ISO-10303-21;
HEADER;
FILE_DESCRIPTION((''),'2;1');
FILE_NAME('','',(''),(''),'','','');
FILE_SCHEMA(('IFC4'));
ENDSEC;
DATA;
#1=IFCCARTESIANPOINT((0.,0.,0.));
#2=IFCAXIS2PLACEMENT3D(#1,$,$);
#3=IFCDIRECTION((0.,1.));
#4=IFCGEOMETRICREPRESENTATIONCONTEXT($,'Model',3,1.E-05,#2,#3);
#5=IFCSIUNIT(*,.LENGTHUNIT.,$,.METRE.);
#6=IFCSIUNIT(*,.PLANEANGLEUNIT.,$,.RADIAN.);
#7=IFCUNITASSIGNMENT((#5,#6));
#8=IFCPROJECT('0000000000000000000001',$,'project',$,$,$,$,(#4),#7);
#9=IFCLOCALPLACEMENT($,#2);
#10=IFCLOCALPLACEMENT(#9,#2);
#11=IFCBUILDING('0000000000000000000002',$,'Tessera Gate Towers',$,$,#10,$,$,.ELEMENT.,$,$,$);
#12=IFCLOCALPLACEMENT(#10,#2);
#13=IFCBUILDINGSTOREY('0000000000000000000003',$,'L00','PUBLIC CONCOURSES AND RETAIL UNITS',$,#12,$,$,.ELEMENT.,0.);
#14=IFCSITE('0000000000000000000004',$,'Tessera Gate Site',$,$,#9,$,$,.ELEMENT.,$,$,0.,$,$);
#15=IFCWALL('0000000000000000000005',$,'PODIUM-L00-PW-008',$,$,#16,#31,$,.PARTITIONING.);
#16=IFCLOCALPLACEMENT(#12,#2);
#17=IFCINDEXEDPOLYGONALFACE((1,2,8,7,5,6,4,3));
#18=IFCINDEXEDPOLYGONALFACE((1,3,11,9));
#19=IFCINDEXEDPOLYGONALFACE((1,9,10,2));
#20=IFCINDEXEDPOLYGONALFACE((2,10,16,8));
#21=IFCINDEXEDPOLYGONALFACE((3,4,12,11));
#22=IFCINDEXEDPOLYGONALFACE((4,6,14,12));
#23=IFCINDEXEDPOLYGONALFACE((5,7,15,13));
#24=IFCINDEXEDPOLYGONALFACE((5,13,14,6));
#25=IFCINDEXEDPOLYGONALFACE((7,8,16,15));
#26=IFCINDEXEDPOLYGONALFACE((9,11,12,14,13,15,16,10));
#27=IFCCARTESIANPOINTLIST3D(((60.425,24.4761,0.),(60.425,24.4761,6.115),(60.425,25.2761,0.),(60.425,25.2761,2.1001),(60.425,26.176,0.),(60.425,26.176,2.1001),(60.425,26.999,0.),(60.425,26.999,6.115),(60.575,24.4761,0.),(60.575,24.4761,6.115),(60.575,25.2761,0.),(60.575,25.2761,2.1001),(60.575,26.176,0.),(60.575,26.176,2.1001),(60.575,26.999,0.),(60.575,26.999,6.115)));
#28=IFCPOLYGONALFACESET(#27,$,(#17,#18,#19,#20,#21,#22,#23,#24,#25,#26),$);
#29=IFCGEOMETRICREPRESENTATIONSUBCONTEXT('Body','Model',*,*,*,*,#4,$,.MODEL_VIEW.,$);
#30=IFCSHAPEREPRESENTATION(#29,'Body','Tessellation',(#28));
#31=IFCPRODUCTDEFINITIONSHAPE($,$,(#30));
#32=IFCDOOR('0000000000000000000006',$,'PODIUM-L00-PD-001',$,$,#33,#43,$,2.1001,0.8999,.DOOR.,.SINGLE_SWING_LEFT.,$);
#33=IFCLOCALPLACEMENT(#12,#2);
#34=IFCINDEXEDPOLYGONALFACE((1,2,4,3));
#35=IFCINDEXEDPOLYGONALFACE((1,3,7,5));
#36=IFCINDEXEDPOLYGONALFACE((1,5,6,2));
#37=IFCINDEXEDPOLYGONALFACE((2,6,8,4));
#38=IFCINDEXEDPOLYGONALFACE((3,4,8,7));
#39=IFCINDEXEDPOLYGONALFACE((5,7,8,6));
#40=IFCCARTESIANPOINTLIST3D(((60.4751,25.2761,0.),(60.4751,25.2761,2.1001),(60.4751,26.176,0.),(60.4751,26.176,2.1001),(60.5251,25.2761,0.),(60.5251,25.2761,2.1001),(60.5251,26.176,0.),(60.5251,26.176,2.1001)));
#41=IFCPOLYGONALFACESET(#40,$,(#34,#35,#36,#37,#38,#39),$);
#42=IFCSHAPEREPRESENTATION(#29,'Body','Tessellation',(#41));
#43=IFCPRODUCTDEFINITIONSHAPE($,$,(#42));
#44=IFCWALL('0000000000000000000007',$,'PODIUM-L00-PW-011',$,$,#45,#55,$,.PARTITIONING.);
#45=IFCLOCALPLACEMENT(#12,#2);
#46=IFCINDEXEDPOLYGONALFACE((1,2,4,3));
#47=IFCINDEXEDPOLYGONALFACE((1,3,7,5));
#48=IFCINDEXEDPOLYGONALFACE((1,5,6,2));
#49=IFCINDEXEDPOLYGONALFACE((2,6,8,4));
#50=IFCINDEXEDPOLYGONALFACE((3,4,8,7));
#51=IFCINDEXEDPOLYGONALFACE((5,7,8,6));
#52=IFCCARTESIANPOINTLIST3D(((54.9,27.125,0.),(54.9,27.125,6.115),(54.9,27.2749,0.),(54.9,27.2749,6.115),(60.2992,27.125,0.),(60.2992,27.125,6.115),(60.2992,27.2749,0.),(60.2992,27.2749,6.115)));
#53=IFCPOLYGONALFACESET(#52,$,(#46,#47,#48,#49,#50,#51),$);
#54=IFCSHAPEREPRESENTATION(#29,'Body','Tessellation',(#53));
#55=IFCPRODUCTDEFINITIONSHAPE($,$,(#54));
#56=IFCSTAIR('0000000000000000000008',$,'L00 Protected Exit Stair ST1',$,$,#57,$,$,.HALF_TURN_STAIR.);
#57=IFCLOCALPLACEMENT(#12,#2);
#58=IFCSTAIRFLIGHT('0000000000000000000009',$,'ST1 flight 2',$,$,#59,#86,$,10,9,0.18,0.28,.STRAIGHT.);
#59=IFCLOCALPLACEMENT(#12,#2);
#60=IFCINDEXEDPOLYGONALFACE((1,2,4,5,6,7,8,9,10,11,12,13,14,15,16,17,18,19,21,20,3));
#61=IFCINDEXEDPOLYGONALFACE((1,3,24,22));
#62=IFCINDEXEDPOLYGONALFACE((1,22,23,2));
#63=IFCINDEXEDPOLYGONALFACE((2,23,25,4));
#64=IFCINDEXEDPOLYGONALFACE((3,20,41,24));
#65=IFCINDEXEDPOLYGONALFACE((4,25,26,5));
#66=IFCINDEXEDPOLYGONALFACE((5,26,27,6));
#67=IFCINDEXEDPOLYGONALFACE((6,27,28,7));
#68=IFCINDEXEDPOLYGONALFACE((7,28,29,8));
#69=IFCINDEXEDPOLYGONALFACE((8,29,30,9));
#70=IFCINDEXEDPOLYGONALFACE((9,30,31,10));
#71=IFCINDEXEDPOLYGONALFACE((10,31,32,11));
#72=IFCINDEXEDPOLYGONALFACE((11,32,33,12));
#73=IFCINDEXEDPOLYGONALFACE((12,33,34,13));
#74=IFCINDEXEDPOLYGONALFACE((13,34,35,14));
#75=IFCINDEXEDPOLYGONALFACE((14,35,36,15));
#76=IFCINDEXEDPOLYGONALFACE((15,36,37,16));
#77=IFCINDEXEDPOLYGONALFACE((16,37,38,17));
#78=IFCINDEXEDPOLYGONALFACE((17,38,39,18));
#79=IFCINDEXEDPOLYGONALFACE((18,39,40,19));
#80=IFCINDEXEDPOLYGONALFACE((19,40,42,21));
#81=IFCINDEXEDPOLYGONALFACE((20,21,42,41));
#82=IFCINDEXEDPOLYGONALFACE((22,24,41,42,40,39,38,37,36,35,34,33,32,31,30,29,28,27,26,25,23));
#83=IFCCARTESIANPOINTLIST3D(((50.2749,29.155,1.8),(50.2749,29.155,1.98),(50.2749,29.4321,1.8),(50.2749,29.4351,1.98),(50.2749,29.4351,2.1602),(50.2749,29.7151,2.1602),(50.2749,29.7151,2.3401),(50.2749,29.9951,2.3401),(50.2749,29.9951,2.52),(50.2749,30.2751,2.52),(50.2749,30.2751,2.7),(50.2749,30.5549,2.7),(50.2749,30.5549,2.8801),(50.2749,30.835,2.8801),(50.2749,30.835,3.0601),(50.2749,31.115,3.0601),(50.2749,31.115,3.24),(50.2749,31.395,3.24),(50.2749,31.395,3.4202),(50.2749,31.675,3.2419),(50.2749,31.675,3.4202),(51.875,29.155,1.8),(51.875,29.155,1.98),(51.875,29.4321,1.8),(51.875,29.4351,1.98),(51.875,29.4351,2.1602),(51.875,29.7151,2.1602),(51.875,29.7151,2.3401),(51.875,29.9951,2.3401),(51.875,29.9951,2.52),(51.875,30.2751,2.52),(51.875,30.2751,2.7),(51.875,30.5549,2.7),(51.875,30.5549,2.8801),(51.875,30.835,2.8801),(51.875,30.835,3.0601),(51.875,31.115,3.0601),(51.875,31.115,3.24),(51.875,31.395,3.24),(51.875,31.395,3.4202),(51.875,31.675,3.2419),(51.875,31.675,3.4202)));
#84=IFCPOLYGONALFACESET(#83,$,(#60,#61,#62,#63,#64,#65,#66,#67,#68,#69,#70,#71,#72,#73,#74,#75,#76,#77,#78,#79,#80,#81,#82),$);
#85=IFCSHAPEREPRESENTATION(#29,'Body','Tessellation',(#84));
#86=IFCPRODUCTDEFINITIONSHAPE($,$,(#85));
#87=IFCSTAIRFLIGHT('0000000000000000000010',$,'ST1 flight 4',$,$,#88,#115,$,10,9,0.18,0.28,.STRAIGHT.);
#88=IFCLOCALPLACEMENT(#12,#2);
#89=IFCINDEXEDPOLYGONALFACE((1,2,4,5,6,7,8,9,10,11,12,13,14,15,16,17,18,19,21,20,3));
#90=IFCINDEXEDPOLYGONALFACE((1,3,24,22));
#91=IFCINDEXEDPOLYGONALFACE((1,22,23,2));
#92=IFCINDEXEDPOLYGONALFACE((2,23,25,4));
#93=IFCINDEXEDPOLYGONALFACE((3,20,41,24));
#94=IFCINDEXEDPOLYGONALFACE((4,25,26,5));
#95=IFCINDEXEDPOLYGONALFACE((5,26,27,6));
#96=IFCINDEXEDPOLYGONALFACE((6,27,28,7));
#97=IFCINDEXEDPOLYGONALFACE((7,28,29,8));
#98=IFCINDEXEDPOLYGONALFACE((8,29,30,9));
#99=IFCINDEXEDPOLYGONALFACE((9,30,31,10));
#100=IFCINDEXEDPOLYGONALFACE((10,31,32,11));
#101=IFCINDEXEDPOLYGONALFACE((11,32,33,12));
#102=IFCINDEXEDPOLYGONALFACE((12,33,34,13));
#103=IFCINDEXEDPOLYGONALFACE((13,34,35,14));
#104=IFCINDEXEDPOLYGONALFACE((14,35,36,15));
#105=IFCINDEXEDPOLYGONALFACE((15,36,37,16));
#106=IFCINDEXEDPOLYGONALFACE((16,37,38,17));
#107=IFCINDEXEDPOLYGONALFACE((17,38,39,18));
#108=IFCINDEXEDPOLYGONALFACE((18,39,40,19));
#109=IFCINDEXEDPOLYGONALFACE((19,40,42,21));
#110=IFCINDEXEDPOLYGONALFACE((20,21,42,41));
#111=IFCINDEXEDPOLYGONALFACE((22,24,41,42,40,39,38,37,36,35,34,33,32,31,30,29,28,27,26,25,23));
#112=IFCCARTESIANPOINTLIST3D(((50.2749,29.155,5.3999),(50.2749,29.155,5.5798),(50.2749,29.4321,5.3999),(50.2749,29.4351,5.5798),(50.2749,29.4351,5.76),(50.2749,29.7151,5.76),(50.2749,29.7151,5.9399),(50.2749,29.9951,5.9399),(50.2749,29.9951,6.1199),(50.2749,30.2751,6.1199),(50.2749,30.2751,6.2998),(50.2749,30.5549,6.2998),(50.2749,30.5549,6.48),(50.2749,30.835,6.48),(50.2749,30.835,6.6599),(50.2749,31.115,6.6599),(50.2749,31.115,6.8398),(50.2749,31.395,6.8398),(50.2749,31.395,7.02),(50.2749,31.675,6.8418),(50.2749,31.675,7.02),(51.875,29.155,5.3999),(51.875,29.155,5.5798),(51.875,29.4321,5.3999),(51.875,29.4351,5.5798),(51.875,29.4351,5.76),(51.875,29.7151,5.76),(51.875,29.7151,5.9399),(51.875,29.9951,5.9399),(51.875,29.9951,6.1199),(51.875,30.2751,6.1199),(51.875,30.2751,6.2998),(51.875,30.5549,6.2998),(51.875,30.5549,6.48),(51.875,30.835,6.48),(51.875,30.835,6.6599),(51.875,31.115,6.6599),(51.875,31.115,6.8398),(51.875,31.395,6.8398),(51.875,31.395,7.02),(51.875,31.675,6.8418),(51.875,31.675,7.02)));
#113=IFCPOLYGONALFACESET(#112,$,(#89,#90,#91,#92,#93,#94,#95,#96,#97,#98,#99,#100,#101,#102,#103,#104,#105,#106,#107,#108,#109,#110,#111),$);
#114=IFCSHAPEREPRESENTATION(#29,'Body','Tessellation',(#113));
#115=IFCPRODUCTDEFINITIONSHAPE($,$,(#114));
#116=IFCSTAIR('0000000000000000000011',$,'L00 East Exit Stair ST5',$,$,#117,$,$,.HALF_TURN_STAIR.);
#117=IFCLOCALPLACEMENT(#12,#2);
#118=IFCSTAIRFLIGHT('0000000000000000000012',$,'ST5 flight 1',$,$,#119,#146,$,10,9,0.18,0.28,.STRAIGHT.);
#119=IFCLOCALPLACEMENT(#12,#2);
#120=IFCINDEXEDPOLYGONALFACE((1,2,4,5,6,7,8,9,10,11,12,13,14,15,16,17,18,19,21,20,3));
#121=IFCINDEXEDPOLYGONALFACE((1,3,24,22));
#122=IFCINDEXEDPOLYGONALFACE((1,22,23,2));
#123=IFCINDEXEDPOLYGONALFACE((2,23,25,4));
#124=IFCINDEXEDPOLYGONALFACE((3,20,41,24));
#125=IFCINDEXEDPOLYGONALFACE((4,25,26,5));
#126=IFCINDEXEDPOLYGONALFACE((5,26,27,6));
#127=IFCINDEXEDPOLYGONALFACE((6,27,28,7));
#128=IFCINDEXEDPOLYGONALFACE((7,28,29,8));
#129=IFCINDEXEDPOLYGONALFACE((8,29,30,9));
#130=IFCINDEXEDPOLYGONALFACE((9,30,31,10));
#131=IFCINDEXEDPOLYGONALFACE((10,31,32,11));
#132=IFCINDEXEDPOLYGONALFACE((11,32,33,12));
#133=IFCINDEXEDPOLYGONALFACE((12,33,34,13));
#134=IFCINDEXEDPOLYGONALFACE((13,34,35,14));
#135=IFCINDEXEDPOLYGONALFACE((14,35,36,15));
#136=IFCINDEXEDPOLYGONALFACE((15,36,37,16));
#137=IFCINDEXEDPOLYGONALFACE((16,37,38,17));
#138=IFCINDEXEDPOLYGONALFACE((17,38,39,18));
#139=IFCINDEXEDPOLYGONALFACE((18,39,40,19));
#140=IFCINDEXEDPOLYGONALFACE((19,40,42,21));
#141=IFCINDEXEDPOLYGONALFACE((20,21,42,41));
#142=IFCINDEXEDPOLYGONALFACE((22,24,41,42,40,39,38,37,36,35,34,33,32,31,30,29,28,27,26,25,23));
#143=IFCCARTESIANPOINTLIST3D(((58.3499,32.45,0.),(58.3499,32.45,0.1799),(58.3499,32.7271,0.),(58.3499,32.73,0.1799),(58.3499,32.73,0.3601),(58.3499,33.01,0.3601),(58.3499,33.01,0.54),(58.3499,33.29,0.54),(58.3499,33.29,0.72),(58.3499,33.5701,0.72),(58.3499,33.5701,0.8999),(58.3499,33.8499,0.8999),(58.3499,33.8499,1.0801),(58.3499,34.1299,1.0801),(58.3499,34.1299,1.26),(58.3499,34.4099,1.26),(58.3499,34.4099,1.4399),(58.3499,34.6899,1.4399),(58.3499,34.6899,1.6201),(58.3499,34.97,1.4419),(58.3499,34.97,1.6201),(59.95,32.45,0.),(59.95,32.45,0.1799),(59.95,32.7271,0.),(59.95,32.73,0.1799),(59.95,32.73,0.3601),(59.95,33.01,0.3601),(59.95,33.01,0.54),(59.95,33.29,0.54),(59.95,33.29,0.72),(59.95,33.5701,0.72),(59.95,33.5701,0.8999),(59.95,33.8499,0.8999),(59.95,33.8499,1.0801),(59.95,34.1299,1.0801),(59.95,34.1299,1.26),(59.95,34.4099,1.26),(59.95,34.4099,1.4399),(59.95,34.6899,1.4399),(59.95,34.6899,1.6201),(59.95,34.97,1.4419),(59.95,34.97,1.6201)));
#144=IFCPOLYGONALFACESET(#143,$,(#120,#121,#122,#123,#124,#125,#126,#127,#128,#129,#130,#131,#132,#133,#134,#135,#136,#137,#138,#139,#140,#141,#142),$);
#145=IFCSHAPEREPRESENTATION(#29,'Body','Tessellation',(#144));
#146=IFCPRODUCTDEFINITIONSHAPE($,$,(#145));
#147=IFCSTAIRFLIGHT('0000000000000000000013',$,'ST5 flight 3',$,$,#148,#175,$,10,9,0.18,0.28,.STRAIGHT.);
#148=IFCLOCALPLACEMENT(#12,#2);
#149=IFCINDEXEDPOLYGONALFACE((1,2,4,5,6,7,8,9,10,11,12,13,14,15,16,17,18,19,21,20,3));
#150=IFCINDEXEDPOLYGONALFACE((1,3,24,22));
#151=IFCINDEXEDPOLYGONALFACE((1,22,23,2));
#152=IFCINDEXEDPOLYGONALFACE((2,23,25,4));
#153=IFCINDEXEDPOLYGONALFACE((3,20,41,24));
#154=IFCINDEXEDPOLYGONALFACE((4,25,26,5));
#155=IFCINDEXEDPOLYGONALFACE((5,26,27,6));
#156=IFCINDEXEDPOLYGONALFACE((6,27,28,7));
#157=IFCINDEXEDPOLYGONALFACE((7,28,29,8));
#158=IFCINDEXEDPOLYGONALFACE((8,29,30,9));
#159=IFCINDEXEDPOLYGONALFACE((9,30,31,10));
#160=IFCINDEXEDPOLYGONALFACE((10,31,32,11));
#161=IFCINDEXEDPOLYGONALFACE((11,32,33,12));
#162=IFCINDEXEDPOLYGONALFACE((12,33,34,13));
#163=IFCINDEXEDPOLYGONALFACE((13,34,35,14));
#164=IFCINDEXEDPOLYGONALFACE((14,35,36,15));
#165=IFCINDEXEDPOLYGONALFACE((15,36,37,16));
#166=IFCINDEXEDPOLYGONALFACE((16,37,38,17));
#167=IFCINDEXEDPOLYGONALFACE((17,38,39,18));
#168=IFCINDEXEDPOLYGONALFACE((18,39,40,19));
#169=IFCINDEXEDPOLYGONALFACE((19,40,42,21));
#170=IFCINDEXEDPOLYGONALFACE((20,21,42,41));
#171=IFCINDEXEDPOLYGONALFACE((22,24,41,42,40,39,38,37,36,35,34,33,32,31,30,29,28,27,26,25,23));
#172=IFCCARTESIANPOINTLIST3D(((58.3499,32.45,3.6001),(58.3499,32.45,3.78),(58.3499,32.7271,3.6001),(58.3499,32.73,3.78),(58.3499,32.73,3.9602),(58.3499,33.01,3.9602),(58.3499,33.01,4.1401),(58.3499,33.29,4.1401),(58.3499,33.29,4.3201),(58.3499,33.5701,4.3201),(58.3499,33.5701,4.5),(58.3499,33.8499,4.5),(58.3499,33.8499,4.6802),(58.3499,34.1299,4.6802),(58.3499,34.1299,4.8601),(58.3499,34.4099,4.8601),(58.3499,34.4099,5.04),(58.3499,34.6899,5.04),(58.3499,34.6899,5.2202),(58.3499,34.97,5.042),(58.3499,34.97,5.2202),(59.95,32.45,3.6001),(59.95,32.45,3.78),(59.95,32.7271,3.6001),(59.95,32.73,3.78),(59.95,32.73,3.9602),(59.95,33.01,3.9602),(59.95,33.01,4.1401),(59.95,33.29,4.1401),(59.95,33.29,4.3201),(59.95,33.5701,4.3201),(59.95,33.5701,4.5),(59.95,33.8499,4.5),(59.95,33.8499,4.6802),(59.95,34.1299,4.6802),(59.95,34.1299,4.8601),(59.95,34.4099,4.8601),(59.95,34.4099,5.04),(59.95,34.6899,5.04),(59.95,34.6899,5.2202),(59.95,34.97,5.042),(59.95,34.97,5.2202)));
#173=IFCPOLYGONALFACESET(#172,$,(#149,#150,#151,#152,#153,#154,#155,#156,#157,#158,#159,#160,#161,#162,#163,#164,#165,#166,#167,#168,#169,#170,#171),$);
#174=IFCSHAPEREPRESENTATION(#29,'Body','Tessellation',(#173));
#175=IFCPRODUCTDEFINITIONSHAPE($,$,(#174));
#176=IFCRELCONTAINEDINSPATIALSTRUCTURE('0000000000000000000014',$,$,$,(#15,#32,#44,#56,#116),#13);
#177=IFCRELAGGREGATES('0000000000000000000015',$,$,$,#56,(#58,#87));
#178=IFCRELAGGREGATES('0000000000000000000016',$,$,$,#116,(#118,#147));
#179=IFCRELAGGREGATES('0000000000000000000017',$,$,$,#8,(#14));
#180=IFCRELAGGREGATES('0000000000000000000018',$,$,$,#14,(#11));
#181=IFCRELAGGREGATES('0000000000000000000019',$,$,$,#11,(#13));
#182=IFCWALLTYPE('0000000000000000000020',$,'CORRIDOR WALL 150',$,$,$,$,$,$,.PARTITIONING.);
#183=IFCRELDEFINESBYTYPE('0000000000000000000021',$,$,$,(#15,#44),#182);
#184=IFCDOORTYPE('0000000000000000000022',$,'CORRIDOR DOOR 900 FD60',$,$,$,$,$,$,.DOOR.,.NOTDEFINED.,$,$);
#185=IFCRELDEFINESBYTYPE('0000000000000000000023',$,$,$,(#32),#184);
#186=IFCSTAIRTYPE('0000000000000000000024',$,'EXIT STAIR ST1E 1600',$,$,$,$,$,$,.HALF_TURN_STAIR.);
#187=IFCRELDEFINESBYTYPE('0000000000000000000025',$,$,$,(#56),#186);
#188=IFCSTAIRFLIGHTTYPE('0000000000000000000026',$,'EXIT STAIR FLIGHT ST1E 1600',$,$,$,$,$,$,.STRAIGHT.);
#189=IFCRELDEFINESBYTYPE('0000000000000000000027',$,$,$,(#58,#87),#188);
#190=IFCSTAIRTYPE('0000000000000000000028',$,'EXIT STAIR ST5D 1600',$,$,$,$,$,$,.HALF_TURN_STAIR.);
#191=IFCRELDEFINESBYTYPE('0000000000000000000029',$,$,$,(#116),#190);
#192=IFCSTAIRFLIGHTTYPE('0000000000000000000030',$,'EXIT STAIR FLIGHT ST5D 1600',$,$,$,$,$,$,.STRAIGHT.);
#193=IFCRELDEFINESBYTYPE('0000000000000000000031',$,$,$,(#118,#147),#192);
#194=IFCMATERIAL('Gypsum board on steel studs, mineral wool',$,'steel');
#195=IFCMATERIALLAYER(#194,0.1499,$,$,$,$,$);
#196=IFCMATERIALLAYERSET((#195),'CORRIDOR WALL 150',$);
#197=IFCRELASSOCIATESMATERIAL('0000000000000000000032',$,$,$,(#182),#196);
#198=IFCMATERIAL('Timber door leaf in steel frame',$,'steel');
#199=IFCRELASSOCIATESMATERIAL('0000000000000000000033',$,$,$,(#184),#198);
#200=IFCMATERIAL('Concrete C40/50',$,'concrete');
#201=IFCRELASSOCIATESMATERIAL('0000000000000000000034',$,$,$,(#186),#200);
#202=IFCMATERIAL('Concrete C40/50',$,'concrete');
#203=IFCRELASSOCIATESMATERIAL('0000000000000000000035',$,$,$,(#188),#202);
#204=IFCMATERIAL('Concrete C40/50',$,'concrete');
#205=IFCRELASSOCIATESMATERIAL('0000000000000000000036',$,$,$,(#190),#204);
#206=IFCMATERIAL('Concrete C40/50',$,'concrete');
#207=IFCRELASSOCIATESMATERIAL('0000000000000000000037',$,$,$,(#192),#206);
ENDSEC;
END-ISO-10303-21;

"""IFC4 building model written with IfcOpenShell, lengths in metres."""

from ifc_helpers import new_model, si_unit, direction, frame, frame_2d, origin, place, context, subcontext, project, spatial, polyline, rectangle, outline, extrude, source, transform, mapped, material, layer, layer_set, type_object, element, fill, aggregate, save


model = new_model("IFC4")

# Units and contexts
model_context = context("Model", 3, precision=1e-05, world=origin(), true_north=direction((0.0, 1.0)))
body_context = subcontext(model_context, "Body", "Model", "MODEL_VIEW")
ifc_project = project(units=[si_unit("LENGTHUNIT", "METRE"), si_unit("PLANEANGLEUNIT", "RADIAN")], contexts=[model_context])

# Site, building, storey
site_placement = place(None, origin())
site = spatial("IfcSite", under=ifc_project, at=site_placement, Name="Tessera Gate Site", CompositionType="ELEMENT", RefElevation=0.0)
building_placement = place(site_placement, origin())
building = spatial("IfcBuilding", under=site, at=building_placement, Name="Tessera Gate Towers", CompositionType="ELEMENT")
storey_placement = place(building_placement, origin())
storey = spatial("IfcBuildingStorey", under=building, at=storey_placement, Name="L00", Description="PUBLIC CONCOURSES AND RETAIL UNITS", CompositionType="ELEMENT", Elevation=0.0)

# Shared definitions
shared_shape_1 = source(origin(), body_context, "Body", "SweptSolid", [
    extrude(rectangle(XDim=0.8999, YDim=2.1001, at=frame_2d((0.45, 1.05))), frame((0.0, 0.0249, 0.0), z_axis=(0.0, -1.0, 0.0), x_axis=(1.0, 0.0, 0.0)), (0.0, 0.0, 1.0), 0.05),
])

# Shared definitions
ifc_material_1 = material(Name="Gypsum board on steel studs, mineral wool", Category="steel")
ifc_layer_1 = layer(ifc_material_1, 0.1499)
ifc_layer_set_1 = layer_set([ifc_layer_1], Name="CORRIDOR WALL 150")
wall_type_1 = type_object("IfcWallType", Name="CORRIDOR WALL 150", PredefinedType="PARTITIONING", material=ifc_layer_set_1)

# Wall, opening, door
wall_1_placement = place(storey_placement, frame((60.5, 24.4761, 0.0), z_axis=(0.0, 0.0, 1.0), x_axis=(0.0, 1.0, 0.0)))
wall_1 = element("IfcWall", 1, at=wall_1_placement, inside=storey, type_object=wall_type_1, Name="PODIUM-L00-PW-008", PredefinedType="PARTITIONING", context=body_context, shape_type="SweptSolid", body=[
    extrude(rectangle(XDim=2.5229, YDim=0.1499, at=frame_2d((1.2615, 0.0))), origin(), (0.0, 0.0, 1.0), 6.115),
])
shared_shape_2 = source(origin(), body_context, "Body", "SweptSolid", [
    extrude(rectangle(XDim=0.8999, YDim=2.1001, at=frame_2d((0.45, 1.05))), frame((0.0, 0.085, 0.0), z_axis=(0.0, -1.0, 0.0), x_axis=(1.0, 0.0, 0.0)), (0.0, 0.0, 1.0), 0.1699),
])
opening_1_placement = place(wall_1_placement, frame((0.8, 0.0, 0.0)))
opening_1 = element("IfcOpeningElement", 2, at=opening_1_placement, cuts=wall_1, PredefinedType="OPENING", context=body_context, shape_type="MappedRepresentation", body=[
    mapped(shared_shape_2, transform((0.0, 0.0, 0.0), scale=1.0)),
])
ifc_material_2 = material(Name="Timber door leaf in steel frame", Category="steel")
door_type_1 = type_object("IfcDoorType", Name="CORRIDOR DOOR 900 FD60", OperationType="NOTDEFINED", PredefinedType="DOOR", material=ifc_material_2)
door_1_placement = place(opening_1_placement, origin())
door_1 = element("IfcDoor", 3, at=door_1_placement, inside=storey, type_object=door_type_1, Name="PODIUM-L00-PD-001", OperationType="SINGLE_SWING_LEFT", OverallHeight=2.1001, OverallWidth=0.8999, PredefinedType="DOOR", context=body_context, shape_type="MappedRepresentation", body=[
    mapped(shared_shape_1, transform((0.0, 0.0, 0.0), scale=1.0)),
])
fill(opening_1, door_1)

# Wall
wall_2_placement = place(storey_placement, frame((54.8999, 27.2, 0.0), z_axis=(0.0, 0.0, 1.0), x_axis=(1.0, 0.0, 0.0)))
element("IfcWall", 4, at=wall_2_placement, inside=storey, type_object=wall_type_1, Name="PODIUM-L00-PW-011", PredefinedType="PARTITIONING", context=body_context, shape_type="SweptSolid", body=[
    extrude(rectangle(XDim=5.3992, YDim=0.1499, at=frame_2d((2.6997, 0.0))), origin(), (0.0, 0.0, 1.0), 6.115),
])

# Stairs, stair flights
ifc_material_3 = material(Name="Concrete C40/50", Category="concrete")
stair_type_1 = type_object("IfcStairType", Name="EXIT STAIR ST1E 1600", PredefinedType="HALF_TURN_STAIR", material=ifc_material_3)
stair_1_placement = place(storey_placement, origin())
stair_1 = element("IfcStair", 5, at=stair_1_placement, inside=storey, type_object=stair_type_1, Name="L00 Protected Exit Stair ST1", PredefinedType="HALF_TURN_STAIR")
ifc_material_4 = material(Name="Concrete C40/50", Category="concrete")
stair_flight_type_1 = type_object("IfcStairFlightType", Name="EXIT STAIR FLIGHT ST1E 1600", PredefinedType="STRAIGHT", material=ifc_material_4)
stair_flight_1_placement = place(storey_placement, frame((51.075, 29.155, 1.8), z_axis=(0.0, 0.0, 1.0), x_axis=(0.0, 1.0, 0.0)))
stair_flight_1 = element("IfcStairFlight", 6, at=stair_flight_1_placement, type_object=stair_flight_type_1, Name="ST1 flight 2", NumberOfRisers=10, NumberOfTreads=9, PredefinedType="STRAIGHT", RiserHeight=0.18, TreadLength=0.28, context=body_context, shape_type="SweptSolid", body=[
    extrude(outline(polyline([(0.0, 0.0), (0.0, 0.1799), (0.28, 0.1799), (0.28, 0.3601), (0.5601, 0.3601), (0.5601, 0.54), (0.8401, 0.54), (0.8401, 0.72), (1.1201, 0.72), (1.1201, 0.8999), (1.3999, 0.8999), (1.3999, 1.0801), (1.6799, 1.0801), (1.6799, 1.26), (1.96, 1.26), (1.96, 1.4399), (2.24, 1.4399), (2.24, 1.6201), (2.52, 1.6201), (2.52, 1.8), (2.52, 1.4419), (0.2771, 0.0), (0.0, 0.0)])), frame((0.0, 0.8, 0.0), z_axis=(0.0, -1.0, 0.0), x_axis=(1.0, 0.0, 0.0)), (0.0, 0.0, 1.0), 1.6001),
])
stair_flight_2_placement = place(storey_placement, frame((51.075, 29.155, 5.3999), z_axis=(0.0, 0.0, 1.0), x_axis=(0.0, 1.0, 0.0)))
stair_flight_2 = element("IfcStairFlight", 7, at=stair_flight_2_placement, type_object=stair_flight_type_1, Name="ST1 flight 4", NumberOfRisers=10, NumberOfTreads=9, PredefinedType="STRAIGHT", RiserHeight=0.18, TreadLength=0.28, context=body_context, shape_type="SweptSolid", body=[
    extrude(outline(polyline([(0.0, 0.0), (0.0, 0.1799), (0.28, 0.1799), (0.28, 0.3601), (0.5601, 0.3601), (0.5601, 0.54), (0.8401, 0.54), (0.8401, 0.72), (1.1201, 0.72), (1.1201, 0.8999), (1.3999, 0.8999), (1.3999, 1.0801), (1.6799, 1.0801), (1.6799, 1.26), (1.96, 1.26), (1.96, 1.4399), (2.24, 1.4399), (2.24, 1.6201), (2.52, 1.6201), (2.52, 1.8), (2.52, 1.4419), (0.2771, 0.0), (0.0, 0.0)])), frame((0.0, 0.8, 0.0), z_axis=(0.0, -1.0, 0.0), x_axis=(1.0, 0.0, 0.0)), (0.0, 0.0, 1.0), 1.6001),
])
aggregate(stair_1, [stair_flight_1, stair_flight_2])
ifc_material_5 = material(Name="Concrete C40/50", Category="concrete")
stair_type_2 = type_object("IfcStairType", Name="EXIT STAIR ST5D 1600", PredefinedType="HALF_TURN_STAIR", material=ifc_material_5)
stair_2_placement = place(storey_placement, origin())
stair_2 = element("IfcStair", 8, at=stair_2_placement, inside=storey, type_object=stair_type_2, Name="L00 East Exit Stair ST5", PredefinedType="HALF_TURN_STAIR")
ifc_material_6 = material(Name="Concrete C40/50", Category="concrete")
stair_flight_type_2 = type_object("IfcStairFlightType", Name="EXIT STAIR FLIGHT ST5D 1600", PredefinedType="STRAIGHT", material=ifc_material_6)
stair_flight_3_placement = place(storey_placement, frame((59.1499, 32.45, 0.0), z_axis=(0.0, 0.0, 1.0), x_axis=(0.0, 1.0, 0.0)))
stair_flight_3 = element("IfcStairFlight", 9, at=stair_flight_3_placement, type_object=stair_flight_type_2, Name="ST5 flight 1", NumberOfRisers=10, NumberOfTreads=9, PredefinedType="STRAIGHT", RiserHeight=0.18, TreadLength=0.28, context=body_context, shape_type="SweptSolid", body=[
    extrude(outline(polyline([(0.0, 0.0), (0.0, 0.1799), (0.28, 0.1799), (0.28, 0.3601), (0.5601, 0.3601), (0.5601, 0.54), (0.8401, 0.54), (0.8401, 0.72), (1.1201, 0.72), (1.1201, 0.8999), (1.3999, 0.8999), (1.3999, 1.0801), (1.6799, 1.0801), (1.6799, 1.26), (1.96, 1.26), (1.96, 1.4399), (2.24, 1.4399), (2.24, 1.6201), (2.52, 1.6201), (2.52, 1.8), (2.52, 1.4419), (0.2771, 0.0), (0.0, 0.0)])), frame((0.0, 0.8, 0.0), z_axis=(0.0, -1.0, 0.0), x_axis=(1.0, 0.0, 0.0)), (0.0, 0.0, 1.0), 1.6001),
])
stair_flight_4_placement = place(storey_placement, frame((59.1499, 32.45, 3.6001), z_axis=(0.0, 0.0, 1.0), x_axis=(0.0, 1.0, 0.0)))
stair_flight_4 = element("IfcStairFlight", 10, at=stair_flight_4_placement, type_object=stair_flight_type_2, Name="ST5 flight 3", NumberOfRisers=10, NumberOfTreads=9, PredefinedType="STRAIGHT", RiserHeight=0.18, TreadLength=0.28, context=body_context, shape_type="SweptSolid", body=[
    extrude(outline(polyline([(0.0, 0.0), (0.0, 0.1799), (0.28, 0.1799), (0.28, 0.3601), (0.5601, 0.3601), (0.5601, 0.54), (0.8401, 0.54), (0.8401, 0.72), (1.1201, 0.72), (1.1201, 0.8999), (1.3999, 0.8999), (1.3999, 1.0801), (1.6799, 1.0801), (1.6799, 1.26), (1.96, 1.26), (1.96, 1.4399), (2.24, 1.4399), (2.24, 1.6201), (2.52, 1.6201), (2.52, 1.8), (2.52, 1.4419), (0.2771, 0.0), (0.0, 0.0)])), frame((0.0, 0.8, 0.0), z_axis=(0.0, -1.0, 0.0), x_axis=(1.0, 0.0, 0.0)), (0.0, 0.0, 1.0), 1.6001),
])
aggregate(stair_2, [stair_flight_3, stair_flight_4])

save(model, "model.ifc")
